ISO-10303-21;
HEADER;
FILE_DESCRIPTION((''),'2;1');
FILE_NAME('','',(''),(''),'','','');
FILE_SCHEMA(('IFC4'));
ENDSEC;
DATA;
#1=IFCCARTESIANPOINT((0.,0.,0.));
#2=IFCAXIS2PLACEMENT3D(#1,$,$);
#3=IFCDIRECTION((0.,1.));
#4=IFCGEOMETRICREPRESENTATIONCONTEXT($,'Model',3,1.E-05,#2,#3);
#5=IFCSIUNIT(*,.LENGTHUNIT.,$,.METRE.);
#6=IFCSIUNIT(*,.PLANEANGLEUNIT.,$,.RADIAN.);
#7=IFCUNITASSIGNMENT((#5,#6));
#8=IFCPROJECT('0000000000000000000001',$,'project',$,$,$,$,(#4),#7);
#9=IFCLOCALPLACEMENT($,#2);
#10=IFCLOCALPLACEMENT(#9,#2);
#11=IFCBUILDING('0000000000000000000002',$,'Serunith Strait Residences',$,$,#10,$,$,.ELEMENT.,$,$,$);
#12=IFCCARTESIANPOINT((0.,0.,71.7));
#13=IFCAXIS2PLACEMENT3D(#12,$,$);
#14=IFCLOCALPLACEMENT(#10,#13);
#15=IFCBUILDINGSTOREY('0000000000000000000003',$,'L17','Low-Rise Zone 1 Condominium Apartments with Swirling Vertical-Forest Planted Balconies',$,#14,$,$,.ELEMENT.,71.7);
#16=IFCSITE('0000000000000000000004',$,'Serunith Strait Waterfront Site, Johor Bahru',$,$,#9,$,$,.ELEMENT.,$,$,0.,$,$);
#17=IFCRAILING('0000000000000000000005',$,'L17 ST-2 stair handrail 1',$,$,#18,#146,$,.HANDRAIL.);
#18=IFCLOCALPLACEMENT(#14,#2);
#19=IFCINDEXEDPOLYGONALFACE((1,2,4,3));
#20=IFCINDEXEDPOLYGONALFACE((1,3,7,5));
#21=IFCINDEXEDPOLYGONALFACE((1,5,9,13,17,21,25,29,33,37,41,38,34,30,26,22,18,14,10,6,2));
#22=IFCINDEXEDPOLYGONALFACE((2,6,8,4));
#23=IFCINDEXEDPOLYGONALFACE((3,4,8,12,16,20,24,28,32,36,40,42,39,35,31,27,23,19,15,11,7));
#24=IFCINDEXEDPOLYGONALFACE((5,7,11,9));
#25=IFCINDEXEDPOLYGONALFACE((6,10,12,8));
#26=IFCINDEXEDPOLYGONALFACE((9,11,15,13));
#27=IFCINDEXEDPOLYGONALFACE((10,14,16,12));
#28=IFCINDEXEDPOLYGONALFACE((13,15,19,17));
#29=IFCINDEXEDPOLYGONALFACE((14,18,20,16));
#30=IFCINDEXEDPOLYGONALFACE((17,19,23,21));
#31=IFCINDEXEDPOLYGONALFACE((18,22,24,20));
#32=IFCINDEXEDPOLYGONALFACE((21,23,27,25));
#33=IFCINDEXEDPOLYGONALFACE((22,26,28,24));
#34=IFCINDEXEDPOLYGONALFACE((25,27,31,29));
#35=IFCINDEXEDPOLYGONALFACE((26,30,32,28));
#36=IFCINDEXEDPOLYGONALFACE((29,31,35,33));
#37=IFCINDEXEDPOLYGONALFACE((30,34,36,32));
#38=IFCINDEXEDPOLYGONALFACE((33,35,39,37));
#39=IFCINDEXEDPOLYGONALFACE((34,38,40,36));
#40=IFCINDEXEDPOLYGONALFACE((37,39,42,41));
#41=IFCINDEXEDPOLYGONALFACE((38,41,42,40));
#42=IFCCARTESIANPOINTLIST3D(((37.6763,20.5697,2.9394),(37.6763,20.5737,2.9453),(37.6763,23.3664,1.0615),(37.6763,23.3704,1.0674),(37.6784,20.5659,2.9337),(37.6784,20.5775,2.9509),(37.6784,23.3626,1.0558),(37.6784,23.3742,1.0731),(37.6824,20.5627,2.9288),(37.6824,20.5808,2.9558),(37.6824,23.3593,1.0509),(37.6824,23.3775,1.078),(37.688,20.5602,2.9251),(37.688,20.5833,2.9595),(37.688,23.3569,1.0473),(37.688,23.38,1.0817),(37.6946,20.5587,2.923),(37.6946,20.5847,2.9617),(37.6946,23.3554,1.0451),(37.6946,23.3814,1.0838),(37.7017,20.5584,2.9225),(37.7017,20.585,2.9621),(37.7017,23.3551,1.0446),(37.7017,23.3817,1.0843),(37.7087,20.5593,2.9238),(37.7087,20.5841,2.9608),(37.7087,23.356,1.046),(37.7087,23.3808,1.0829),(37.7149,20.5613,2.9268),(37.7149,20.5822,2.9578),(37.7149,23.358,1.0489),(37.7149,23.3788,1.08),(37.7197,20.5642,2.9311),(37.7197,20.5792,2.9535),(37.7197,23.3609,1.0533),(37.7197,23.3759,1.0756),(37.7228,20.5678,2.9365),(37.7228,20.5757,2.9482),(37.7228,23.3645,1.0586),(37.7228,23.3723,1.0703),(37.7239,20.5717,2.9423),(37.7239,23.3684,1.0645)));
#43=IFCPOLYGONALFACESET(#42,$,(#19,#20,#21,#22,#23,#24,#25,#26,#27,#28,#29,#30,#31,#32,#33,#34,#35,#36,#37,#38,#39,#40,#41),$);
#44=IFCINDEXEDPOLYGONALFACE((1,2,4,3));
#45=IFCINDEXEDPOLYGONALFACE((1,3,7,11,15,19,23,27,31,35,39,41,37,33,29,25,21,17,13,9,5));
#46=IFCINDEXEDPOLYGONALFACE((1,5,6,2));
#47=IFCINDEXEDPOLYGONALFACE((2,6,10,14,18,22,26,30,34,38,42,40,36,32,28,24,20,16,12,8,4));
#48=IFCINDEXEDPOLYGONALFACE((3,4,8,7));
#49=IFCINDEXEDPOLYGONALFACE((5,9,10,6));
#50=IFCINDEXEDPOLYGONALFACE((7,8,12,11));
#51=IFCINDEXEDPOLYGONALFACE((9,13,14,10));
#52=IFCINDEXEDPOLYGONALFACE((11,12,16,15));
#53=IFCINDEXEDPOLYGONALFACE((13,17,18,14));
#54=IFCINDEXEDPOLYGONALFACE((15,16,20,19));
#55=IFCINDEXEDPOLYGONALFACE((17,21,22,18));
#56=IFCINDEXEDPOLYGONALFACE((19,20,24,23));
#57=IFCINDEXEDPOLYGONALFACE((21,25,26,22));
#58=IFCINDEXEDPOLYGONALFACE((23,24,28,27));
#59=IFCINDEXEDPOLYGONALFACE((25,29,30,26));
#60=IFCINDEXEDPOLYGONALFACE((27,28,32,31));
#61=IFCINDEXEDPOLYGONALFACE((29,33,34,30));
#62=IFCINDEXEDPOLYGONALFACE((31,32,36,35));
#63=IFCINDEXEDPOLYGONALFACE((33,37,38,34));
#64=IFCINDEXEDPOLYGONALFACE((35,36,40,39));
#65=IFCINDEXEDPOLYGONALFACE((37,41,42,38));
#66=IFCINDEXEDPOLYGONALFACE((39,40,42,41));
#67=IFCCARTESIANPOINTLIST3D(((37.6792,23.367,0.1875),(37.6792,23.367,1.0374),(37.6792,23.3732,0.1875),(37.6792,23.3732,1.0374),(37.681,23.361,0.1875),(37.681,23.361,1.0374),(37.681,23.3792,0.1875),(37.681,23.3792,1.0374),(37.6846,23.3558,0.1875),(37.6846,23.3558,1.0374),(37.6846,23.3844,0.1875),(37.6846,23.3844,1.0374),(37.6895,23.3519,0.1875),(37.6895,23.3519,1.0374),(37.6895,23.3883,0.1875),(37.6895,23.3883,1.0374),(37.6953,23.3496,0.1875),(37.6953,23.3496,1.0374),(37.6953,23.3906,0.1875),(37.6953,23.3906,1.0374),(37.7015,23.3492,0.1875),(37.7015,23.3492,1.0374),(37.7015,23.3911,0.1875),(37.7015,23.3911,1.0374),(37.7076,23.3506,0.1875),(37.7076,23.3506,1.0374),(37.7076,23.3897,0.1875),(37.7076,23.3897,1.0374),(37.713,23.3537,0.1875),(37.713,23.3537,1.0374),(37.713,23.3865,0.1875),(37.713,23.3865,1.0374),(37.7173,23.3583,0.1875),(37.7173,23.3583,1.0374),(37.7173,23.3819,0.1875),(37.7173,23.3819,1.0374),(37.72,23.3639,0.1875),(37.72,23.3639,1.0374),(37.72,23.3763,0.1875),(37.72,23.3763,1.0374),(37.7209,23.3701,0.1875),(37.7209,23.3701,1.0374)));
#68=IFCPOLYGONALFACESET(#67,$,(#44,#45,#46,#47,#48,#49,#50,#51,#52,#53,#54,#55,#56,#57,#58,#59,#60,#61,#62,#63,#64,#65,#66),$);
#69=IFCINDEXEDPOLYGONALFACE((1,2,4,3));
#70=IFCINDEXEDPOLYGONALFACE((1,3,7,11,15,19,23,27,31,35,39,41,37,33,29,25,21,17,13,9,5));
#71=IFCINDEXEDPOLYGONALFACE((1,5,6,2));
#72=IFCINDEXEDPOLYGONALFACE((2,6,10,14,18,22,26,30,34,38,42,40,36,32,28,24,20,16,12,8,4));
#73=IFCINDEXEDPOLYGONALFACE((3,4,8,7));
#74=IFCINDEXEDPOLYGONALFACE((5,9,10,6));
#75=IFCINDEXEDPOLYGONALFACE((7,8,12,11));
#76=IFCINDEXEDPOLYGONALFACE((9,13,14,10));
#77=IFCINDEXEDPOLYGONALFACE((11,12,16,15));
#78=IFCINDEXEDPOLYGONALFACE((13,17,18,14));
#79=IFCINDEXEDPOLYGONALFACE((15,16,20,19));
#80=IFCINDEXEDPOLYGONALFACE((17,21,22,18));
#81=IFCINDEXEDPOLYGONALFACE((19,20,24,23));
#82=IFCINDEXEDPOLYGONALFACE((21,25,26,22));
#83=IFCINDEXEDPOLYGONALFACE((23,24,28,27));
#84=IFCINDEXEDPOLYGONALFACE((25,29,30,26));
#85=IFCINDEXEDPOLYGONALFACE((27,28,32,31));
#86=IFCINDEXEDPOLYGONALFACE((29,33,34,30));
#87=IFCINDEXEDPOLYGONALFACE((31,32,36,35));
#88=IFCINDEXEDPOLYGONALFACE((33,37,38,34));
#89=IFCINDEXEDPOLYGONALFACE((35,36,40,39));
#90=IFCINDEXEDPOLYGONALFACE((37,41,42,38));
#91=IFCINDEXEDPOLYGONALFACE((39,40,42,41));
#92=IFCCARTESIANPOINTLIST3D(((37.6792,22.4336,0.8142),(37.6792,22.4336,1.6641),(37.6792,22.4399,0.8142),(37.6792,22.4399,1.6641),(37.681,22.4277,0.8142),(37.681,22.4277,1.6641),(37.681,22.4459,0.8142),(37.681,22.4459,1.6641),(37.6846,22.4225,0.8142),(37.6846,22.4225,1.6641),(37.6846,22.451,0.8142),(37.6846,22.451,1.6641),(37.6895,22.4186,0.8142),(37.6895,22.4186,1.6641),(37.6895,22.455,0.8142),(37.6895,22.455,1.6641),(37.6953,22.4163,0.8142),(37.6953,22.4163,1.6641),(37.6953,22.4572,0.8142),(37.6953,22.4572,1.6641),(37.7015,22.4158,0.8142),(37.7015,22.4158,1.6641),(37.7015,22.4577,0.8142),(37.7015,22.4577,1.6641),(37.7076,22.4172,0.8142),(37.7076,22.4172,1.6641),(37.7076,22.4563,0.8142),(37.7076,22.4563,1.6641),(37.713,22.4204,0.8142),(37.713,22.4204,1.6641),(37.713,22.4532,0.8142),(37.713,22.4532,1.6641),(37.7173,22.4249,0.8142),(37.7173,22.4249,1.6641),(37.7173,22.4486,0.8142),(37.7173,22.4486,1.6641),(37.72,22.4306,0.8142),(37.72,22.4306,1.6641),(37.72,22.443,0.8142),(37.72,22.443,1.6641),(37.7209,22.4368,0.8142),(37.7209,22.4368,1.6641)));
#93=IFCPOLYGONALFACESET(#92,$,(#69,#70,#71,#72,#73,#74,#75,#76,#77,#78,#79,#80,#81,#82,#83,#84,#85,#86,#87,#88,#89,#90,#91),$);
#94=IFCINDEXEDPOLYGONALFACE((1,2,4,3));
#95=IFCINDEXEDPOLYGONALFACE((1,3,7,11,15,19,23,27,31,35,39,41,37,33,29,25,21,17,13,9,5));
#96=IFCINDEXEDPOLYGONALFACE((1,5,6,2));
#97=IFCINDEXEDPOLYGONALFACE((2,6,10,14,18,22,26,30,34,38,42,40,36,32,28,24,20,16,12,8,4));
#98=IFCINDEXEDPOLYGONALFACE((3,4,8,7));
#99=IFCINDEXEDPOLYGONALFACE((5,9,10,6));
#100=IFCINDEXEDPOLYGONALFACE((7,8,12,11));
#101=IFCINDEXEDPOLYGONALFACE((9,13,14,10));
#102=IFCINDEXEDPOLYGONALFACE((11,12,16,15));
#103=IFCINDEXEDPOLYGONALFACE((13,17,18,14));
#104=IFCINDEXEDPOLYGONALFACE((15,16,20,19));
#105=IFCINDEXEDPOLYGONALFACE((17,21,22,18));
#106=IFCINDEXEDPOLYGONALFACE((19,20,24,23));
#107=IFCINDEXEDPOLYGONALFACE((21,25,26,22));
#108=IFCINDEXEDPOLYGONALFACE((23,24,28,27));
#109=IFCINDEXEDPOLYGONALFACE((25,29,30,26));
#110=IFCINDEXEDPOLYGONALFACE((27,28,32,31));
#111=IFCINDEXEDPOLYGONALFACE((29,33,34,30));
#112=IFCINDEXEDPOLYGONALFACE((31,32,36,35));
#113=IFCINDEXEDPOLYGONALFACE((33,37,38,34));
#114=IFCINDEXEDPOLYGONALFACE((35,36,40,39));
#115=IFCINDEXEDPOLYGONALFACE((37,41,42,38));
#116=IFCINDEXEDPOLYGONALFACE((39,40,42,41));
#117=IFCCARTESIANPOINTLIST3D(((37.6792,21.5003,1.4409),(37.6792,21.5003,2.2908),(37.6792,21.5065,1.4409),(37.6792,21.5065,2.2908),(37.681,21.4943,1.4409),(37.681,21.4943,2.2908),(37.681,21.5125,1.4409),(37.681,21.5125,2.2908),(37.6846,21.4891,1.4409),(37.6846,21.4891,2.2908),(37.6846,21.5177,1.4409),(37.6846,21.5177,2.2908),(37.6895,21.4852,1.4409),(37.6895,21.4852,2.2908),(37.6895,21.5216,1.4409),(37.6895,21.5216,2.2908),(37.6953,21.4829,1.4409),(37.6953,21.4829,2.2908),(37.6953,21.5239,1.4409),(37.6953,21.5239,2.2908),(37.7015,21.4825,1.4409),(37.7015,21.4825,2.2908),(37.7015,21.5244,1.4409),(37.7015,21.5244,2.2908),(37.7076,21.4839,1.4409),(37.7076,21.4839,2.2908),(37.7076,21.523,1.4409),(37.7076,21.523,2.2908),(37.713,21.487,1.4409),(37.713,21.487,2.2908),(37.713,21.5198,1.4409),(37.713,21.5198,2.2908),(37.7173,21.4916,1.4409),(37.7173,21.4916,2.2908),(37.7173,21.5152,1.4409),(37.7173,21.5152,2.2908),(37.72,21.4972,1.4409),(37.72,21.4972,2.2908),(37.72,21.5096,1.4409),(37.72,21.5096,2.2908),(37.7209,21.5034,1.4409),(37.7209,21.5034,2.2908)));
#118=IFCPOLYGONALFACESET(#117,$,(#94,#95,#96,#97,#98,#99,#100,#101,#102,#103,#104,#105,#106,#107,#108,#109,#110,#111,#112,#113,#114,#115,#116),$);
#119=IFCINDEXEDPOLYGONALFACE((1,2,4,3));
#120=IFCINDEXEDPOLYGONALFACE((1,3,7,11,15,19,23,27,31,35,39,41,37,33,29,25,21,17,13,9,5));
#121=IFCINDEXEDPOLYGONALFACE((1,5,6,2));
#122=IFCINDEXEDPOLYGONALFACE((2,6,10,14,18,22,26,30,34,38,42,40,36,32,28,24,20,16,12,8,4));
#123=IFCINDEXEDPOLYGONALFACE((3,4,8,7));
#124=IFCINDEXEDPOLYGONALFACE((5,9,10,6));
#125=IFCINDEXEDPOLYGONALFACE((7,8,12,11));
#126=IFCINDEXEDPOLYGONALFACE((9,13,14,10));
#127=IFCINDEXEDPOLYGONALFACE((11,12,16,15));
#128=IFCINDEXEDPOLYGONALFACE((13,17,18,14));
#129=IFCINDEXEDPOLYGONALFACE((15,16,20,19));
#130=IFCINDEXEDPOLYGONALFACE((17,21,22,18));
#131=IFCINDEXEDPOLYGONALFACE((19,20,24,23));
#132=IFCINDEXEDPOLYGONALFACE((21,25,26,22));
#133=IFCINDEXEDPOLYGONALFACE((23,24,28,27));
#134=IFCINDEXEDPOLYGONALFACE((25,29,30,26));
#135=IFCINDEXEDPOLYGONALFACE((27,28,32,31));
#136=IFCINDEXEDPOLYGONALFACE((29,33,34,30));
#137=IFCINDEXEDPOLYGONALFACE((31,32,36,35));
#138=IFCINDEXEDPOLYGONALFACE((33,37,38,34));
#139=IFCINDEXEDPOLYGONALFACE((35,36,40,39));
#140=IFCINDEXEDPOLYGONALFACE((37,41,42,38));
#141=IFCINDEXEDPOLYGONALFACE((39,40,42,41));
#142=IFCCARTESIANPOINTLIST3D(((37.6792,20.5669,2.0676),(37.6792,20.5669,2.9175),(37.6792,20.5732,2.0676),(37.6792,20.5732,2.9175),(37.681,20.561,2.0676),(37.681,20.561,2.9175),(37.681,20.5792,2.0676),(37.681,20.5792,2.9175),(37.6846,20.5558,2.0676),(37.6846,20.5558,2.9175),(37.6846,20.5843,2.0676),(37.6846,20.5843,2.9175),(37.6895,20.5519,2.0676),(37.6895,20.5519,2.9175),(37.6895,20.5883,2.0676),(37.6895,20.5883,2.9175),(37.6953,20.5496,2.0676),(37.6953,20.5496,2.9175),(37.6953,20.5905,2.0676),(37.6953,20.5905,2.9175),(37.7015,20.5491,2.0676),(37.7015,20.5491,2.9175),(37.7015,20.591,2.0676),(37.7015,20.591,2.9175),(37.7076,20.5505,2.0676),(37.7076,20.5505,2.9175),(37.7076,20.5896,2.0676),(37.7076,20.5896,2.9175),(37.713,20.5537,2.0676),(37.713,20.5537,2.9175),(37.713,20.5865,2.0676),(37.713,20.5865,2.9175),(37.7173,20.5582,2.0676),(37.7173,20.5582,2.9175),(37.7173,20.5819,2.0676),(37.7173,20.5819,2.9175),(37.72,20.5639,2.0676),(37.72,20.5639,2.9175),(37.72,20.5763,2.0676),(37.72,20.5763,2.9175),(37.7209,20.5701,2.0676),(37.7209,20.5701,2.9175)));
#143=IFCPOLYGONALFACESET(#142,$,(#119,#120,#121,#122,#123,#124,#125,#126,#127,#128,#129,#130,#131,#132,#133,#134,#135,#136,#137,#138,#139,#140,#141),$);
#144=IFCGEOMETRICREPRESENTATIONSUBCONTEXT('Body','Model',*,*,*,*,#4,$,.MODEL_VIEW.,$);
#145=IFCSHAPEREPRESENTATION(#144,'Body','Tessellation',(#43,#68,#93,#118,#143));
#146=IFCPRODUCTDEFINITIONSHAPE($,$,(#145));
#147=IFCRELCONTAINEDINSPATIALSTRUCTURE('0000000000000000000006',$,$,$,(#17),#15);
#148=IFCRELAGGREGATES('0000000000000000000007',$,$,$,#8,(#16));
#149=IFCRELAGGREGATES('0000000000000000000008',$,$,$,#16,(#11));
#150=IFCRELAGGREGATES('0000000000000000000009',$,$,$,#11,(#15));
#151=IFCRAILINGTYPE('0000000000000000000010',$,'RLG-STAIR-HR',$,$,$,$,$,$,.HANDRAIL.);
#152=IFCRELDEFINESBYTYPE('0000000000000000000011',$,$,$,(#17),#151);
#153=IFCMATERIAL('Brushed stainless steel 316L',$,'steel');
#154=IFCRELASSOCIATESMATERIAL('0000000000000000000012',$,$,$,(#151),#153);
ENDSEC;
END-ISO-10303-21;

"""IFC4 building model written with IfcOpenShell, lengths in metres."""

from ifc_helpers import new_model, si_unit, direction, frame, origin, origin_2d, place, context, subcontext, project, spatial, circle, extrude, material, type_object, element, save


model = new_model("IFC4")

# Units and contexts
model_context = context("Model", 3, precision=1e-05, world=origin(), true_north=direction((0.0, 1.0)))
body_context = subcontext(model_context, "Body", "Model", "MODEL_VIEW")
ifc_project = project(units=[si_unit("LENGTHUNIT", "METRE"), si_unit("PLANEANGLEUNIT", "RADIAN")], contexts=[model_context])

# Site, building, storey
site_placement = place(None, origin())
site = spatial("IfcSite", under=ifc_project, at=site_placement, Name="Serunith Strait Waterfront Site, Johor Bahru", CompositionType="ELEMENT", RefElevation=0.0)
building_placement = place(site_placement, origin())
building = spatial("IfcBuilding", under=site, at=building_placement, Name="Serunith Strait Residences", CompositionType="ELEMENT")
storey_placement = place(building_placement, frame((0.0, 0.0, 71.7)))
storey = spatial("IfcBuildingStorey", under=building, at=storey_placement, Name="L17", Description="Low-Rise Zone 1 Condominium Apartments with Swirling Vertical-Forest Planted Balconies", CompositionType="ELEMENT", Elevation=71.7)

# Railing
ifc_material_1 = material(Name="Brushed stainless steel 316L", Category="steel")
railing_type_1 = type_object("IfcRailingType", Name="RLG-STAIR-HR", PredefinedType="HANDRAIL", material=ifc_material_1)
railing_1_placement = place(storey_placement, frame((37.7, 23.3701, 0.1875)))
element("IfcRailing", 1, at=railing_1_placement, inside=storey, type_object=railing_type_1, Name="L17 ST-2 stair handrail 1", PredefinedType="HANDRAIL", context=body_context, shape_type="SweptSolid", body=[
    extrude(circle(Radius=0.0239, at=origin_2d()), frame((0.0, -0.0017, 0.877), z_axis=(0.0, -0.830208, 0.557453), x_axis=(1.0, 0.0, 0.0)), (0.0, 0.0, 1.0), 3.3687),
    extrude(circle(Radius=0.021, at=origin_2d()), origin(), (0.0, 0.0, 1.0), 0.8499),
    extrude(circle(Radius=0.021, at=origin_2d()), frame((0.0, -0.9333, 0.6267)), (0.0, 0.0, 1.0), 0.8499),
    extrude(circle(Radius=0.021, at=origin_2d()), frame((0.0, -1.8667, 1.2534)), (0.0, 0.0, 1.0), 0.8499),
    extrude(circle(Radius=0.021, at=origin_2d()), frame((0.0, -2.8, 1.8801)), (0.0, 0.0, 1.0), 0.8499),
])

save(model, "model.ifc")
